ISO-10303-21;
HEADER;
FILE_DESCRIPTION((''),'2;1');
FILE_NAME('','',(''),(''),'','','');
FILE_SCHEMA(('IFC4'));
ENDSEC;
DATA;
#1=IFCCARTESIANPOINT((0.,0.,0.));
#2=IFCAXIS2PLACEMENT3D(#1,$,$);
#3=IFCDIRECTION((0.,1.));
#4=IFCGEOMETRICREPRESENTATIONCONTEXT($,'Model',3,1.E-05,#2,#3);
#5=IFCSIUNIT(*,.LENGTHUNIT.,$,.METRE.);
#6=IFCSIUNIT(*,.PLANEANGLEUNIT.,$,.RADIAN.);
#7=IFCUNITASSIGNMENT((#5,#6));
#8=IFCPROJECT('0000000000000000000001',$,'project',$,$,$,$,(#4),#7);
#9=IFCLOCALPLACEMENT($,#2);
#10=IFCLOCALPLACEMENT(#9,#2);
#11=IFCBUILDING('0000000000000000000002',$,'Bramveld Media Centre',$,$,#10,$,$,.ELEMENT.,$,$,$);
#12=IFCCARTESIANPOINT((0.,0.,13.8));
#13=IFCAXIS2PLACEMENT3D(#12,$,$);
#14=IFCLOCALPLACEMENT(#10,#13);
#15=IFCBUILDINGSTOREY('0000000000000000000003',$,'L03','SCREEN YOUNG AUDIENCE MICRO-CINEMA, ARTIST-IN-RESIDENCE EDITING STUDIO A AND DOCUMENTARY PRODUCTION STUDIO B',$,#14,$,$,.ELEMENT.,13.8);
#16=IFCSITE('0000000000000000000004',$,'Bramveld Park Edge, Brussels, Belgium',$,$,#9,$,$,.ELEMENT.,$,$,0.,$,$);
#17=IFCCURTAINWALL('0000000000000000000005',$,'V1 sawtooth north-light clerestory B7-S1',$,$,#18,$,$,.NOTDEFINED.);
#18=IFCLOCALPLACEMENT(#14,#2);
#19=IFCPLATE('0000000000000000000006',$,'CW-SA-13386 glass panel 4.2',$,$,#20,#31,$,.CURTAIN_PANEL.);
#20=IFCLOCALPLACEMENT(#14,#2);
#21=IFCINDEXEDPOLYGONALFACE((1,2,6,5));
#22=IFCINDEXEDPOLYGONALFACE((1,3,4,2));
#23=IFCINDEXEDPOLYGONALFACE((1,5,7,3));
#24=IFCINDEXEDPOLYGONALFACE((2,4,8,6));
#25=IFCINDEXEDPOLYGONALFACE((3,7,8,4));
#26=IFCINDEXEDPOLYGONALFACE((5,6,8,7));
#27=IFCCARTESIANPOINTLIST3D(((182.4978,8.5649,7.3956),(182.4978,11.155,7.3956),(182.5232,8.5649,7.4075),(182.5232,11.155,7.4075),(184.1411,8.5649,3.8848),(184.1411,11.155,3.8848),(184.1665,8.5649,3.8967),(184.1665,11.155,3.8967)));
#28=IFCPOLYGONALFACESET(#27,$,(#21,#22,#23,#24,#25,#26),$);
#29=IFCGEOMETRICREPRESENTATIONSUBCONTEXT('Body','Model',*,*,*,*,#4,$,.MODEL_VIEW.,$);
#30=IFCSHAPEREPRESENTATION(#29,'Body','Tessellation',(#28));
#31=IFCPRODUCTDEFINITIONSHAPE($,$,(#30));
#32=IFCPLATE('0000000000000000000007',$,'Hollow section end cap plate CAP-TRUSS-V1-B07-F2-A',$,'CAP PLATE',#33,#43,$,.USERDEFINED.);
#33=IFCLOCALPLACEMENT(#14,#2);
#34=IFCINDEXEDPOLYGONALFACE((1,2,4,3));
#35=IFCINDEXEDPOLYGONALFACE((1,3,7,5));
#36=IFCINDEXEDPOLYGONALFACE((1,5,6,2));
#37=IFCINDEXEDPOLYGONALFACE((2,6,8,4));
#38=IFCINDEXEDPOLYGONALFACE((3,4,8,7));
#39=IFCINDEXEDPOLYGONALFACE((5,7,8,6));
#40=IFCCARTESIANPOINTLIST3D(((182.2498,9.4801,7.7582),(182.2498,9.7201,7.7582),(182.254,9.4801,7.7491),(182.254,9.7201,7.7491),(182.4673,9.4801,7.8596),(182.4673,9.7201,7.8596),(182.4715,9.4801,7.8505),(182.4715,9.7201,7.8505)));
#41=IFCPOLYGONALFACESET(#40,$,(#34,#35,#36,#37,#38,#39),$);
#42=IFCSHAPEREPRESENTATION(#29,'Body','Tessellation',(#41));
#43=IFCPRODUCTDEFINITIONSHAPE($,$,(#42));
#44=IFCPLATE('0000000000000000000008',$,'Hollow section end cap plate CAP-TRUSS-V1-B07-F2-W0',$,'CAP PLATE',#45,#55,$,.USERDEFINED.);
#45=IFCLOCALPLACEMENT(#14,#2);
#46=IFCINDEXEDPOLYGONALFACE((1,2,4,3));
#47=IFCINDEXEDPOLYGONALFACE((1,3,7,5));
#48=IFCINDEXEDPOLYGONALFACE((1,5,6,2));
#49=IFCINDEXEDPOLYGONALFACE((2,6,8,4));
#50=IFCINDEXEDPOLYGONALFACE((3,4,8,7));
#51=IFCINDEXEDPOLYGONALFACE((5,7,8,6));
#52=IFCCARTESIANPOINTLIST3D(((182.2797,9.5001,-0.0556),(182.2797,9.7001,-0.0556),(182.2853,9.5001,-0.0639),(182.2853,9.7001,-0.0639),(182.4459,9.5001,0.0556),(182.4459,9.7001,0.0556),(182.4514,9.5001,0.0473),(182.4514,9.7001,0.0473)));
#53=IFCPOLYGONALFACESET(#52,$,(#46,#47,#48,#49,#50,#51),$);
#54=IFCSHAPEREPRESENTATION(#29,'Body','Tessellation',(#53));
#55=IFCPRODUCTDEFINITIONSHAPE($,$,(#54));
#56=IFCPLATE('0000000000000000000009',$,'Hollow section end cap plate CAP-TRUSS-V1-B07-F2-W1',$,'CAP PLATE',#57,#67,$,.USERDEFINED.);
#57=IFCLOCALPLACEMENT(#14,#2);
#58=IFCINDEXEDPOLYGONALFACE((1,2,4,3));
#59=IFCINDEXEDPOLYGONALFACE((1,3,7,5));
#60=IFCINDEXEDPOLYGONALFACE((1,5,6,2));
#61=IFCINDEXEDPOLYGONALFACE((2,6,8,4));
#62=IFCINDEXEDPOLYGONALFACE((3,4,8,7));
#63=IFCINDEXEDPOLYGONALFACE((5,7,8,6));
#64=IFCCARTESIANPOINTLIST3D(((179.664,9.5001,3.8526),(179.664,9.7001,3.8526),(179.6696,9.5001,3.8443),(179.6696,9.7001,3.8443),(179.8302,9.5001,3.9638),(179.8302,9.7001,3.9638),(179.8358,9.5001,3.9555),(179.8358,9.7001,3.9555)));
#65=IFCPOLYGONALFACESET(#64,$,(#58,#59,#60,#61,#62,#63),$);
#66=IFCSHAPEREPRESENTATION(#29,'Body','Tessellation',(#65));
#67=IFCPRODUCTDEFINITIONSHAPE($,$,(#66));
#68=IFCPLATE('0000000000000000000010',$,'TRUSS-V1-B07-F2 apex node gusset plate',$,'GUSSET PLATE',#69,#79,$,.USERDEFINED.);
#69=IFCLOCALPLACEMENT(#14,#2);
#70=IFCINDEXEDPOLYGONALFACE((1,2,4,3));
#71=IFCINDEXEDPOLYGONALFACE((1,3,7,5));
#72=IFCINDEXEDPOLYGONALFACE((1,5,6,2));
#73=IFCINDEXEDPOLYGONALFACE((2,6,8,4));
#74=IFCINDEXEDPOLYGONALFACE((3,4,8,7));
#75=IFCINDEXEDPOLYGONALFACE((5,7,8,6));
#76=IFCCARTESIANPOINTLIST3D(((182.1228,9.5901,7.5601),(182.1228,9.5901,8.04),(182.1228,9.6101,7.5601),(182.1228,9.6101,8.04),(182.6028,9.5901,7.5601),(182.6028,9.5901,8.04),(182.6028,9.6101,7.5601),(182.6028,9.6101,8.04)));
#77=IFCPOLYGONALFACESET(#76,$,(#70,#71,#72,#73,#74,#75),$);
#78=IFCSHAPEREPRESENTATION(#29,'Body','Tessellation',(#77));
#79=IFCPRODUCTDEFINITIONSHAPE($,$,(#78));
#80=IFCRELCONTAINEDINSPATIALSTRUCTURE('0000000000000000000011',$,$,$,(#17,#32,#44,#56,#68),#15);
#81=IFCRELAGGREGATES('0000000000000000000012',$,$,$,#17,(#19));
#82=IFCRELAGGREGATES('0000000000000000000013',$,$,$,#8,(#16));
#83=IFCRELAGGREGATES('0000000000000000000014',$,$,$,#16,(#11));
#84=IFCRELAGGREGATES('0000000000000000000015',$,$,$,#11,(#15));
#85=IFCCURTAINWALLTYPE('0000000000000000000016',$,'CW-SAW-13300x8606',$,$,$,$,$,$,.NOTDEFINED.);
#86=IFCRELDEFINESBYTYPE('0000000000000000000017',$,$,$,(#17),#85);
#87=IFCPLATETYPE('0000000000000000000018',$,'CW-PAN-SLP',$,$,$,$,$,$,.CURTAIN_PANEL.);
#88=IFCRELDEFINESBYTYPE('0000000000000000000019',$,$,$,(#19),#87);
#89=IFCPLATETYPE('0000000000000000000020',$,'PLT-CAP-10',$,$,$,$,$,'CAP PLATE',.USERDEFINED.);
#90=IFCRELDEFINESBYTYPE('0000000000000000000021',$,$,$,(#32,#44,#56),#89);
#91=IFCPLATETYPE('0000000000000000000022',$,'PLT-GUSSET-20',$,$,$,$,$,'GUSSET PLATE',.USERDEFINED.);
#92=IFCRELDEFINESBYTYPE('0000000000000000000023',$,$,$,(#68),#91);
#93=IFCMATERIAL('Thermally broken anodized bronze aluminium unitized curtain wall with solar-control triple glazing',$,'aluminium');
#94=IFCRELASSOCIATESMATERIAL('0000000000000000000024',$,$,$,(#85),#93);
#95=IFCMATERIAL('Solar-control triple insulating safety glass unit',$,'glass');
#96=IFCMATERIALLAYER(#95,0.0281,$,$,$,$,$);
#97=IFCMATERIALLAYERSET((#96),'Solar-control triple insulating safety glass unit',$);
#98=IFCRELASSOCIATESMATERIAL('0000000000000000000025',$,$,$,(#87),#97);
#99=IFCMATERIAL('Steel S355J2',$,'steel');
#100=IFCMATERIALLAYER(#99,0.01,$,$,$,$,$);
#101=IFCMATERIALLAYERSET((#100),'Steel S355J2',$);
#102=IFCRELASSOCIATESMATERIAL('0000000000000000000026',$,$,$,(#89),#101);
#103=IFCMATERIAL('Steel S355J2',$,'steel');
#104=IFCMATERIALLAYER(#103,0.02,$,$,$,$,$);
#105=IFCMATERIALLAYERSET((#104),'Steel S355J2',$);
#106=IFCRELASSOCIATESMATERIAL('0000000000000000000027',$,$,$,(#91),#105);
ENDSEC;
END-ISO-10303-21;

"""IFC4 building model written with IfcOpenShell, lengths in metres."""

from ifc_helpers import new_model, si_unit, direction, frame, origin, origin_2d, place, context, subcontext, project, spatial, polyline, rectangle, outline, extrude, material, layer, layer_set, type_object, element, aggregate, save


model = new_model("IFC4")

# Units and contexts
model_context = context("Model", 3, precision=1e-05, world=origin(), true_north=direction((0.0, 1.0)))
body_context = subcontext(model_context, "Body", "Model", "MODEL_VIEW")
ifc_project = project(units=[si_unit("LENGTHUNIT", "METRE"), si_unit("PLANEANGLEUNIT", "RADIAN")], contexts=[model_context])

# Site, building, storey
site_placement = place(None, origin())
site = spatial("IfcSite", under=ifc_project, at=site_placement, Name="Bramveld Park Edge, Brussels, Belgium", CompositionType="ELEMENT", RefElevation=0.0)
building_placement = place(site_placement, origin())
building = spatial("IfcBuilding", under=site, at=building_placement, Name="Bramveld Media Centre", CompositionType="ELEMENT")
storey_placement = place(building_placement, frame((0.0, 0.0, 13.8)))
storey = spatial("IfcBuildingStorey", under=building, at=storey_placement, Name="L03", Description="SCREEN YOUNG AUDIENCE MICRO-CINEMA, ARTIST-IN-RESIDENCE EDITING STUDIO A AND DOCUMENTARY PRODUCTION STUDIO B", CompositionType="ELEMENT", Elevation=13.8)

# Curtain wall
ifc_material_1 = material(Name="Thermally broken anodized bronze aluminium unitized curtain wall with solar-control triple glazing", Category="aluminium")
curtain_wall_type = type_object("IfcCurtainWallType", Name="CW-SAW-13300x8606", PredefinedType="NOTDEFINED", material=ifc_material_1)
curtain_wall_placement = place(storey_placement, origin())
curtain_wall = element("IfcCurtainWall", 1, at=curtain_wall_placement, inside=storey, type_object=curtain_wall_type, Name="V1 sawtooth north-light clerestory B7-S1", PredefinedType="NOTDEFINED")

# Plate
ifc_material_2 = material(Name="Solar-control triple insulating safety glass unit", Category="glass")
ifc_layer_1 = layer(ifc_material_2, 0.0281)
ifc_layer_set_1 = layer_set([ifc_layer_1], Name="Solar-control triple insulating safety glass unit")
plate_type_1 = type_object("IfcPlateType", Name="CW-PAN-SLP", PredefinedType="CURTAIN_PANEL", material=ifc_layer_set_1)
plate_1_placement = place(storey_placement, frame((184.1665, 8.5649, 3.8967), z_axis=(0.905692, 0.0, 0.423937), x_axis=(0.0, 1.0, 0.0)))
plate_1 = element("IfcPlate", 2, at=plate_1_placement, type_object=plate_type_1, Name="CW-SA-13386 glass panel 4.2", PredefinedType="CURTAIN_PANEL", context=body_context, shape_type="SweptSolid", body=[
    extrude(outline(polyline([(0.0, 0.0), (2.5901, 0.0), (2.5901, 3.8763), (0.0, 3.8763), (0.0, 0.0)])), origin(), (0.0, 0.0, -1.0), 0.0281),
])
aggregate(curtain_wall, [plate_1])

# Plates
ifc_material_3 = material(Name="Steel S355J2", Category="steel")
ifc_layer_2 = layer(ifc_material_3, 0.01)
ifc_layer_set_2 = layer_set([ifc_layer_2], Name="Steel S355J2")
plate_type_2 = type_object("IfcPlateType", Name="PLT-CAP-10", ElementType="CAP PLATE", PredefinedType="USERDEFINED", material=ifc_layer_set_2)
plate_2_placement = place(storey_placement, frame((182.3628, 9.6001, 7.7998), z_axis=(-0.422618, 0.0, 0.906308), x_axis=(0.0, -1.0, 0.0)))
element("IfcPlate", 3, at=plate_2_placement, inside=storey, type_object=plate_type_2, Name="Hollow section end cap plate CAP-TRUSS-V1-B07-F2-A", ObjectType="CAP PLATE", PredefinedType="USERDEFINED", context=body_context, shape_type="SweptSolid", body=[
    extrude(rectangle(XDim=0.24, YDim=0.24, at=origin_2d()), origin(), (0.0, 0.0, 1.0), 0.01),
])
for number, where, z_axis, x_axis, name in (
    (4, (182.3628, 9.6001, 0.0), (0.556175, 0.0, -0.831065), (0.0, 1.0, 0.0), "Hollow section end cap plate CAP-TRUSS-V1-B07-F2-W0"),
    (5, (179.7527, 9.6001, 3.8999), (-0.556175, 0.0, 0.831065), (0.0, -1.0, 0.0), "Hollow section end cap plate CAP-TRUSS-V1-B07-F2-W1"),
):
    element("IfcPlate", number, at=place(storey_placement, frame(where, z_axis=z_axis, x_axis=x_axis)), inside=storey, type_object=plate_type_2, Name=name, ObjectType="CAP PLATE", PredefinedType="USERDEFINED", context=body_context, shape_type="SweptSolid", body=[
        extrude(rectangle(XDim=0.2, YDim=0.2, at=origin_2d()), origin(), (0.0, 0.0, 1.0), 0.01),
    ])
ifc_material_4 = material(Name="Steel S355J2", Category="steel")
ifc_layer_3 = layer(ifc_material_4, 0.02)
ifc_layer_set_3 = layer_set([ifc_layer_3], Name="Steel S355J2")
plate_type_3 = type_object("IfcPlateType", Name="PLT-GUSSET-20", ElementType="GUSSET PLATE", PredefinedType="USERDEFINED", material=ifc_layer_set_3)
plate_3_placement = place(storey_placement, frame((182.3628, 9.6001, 7.5601), z_axis=(0.0, 0.0, 1.0), x_axis=(1.0, 0.0, 0.0)))
element("IfcPlate", 6, at=plate_3_placement, inside=storey, type_object=plate_type_3, Name="TRUSS-V1-B07-F2 apex node gusset plate", ObjectType="GUSSET PLATE", PredefinedType="USERDEFINED", context=body_context, shape_type="SweptSolid", body=[
    extrude(rectangle(XDim=0.48, YDim=0.02, at=origin_2d()), origin(), (0.0, 0.0, 1.0), 0.48),
])

save(model, "model.ifc")
